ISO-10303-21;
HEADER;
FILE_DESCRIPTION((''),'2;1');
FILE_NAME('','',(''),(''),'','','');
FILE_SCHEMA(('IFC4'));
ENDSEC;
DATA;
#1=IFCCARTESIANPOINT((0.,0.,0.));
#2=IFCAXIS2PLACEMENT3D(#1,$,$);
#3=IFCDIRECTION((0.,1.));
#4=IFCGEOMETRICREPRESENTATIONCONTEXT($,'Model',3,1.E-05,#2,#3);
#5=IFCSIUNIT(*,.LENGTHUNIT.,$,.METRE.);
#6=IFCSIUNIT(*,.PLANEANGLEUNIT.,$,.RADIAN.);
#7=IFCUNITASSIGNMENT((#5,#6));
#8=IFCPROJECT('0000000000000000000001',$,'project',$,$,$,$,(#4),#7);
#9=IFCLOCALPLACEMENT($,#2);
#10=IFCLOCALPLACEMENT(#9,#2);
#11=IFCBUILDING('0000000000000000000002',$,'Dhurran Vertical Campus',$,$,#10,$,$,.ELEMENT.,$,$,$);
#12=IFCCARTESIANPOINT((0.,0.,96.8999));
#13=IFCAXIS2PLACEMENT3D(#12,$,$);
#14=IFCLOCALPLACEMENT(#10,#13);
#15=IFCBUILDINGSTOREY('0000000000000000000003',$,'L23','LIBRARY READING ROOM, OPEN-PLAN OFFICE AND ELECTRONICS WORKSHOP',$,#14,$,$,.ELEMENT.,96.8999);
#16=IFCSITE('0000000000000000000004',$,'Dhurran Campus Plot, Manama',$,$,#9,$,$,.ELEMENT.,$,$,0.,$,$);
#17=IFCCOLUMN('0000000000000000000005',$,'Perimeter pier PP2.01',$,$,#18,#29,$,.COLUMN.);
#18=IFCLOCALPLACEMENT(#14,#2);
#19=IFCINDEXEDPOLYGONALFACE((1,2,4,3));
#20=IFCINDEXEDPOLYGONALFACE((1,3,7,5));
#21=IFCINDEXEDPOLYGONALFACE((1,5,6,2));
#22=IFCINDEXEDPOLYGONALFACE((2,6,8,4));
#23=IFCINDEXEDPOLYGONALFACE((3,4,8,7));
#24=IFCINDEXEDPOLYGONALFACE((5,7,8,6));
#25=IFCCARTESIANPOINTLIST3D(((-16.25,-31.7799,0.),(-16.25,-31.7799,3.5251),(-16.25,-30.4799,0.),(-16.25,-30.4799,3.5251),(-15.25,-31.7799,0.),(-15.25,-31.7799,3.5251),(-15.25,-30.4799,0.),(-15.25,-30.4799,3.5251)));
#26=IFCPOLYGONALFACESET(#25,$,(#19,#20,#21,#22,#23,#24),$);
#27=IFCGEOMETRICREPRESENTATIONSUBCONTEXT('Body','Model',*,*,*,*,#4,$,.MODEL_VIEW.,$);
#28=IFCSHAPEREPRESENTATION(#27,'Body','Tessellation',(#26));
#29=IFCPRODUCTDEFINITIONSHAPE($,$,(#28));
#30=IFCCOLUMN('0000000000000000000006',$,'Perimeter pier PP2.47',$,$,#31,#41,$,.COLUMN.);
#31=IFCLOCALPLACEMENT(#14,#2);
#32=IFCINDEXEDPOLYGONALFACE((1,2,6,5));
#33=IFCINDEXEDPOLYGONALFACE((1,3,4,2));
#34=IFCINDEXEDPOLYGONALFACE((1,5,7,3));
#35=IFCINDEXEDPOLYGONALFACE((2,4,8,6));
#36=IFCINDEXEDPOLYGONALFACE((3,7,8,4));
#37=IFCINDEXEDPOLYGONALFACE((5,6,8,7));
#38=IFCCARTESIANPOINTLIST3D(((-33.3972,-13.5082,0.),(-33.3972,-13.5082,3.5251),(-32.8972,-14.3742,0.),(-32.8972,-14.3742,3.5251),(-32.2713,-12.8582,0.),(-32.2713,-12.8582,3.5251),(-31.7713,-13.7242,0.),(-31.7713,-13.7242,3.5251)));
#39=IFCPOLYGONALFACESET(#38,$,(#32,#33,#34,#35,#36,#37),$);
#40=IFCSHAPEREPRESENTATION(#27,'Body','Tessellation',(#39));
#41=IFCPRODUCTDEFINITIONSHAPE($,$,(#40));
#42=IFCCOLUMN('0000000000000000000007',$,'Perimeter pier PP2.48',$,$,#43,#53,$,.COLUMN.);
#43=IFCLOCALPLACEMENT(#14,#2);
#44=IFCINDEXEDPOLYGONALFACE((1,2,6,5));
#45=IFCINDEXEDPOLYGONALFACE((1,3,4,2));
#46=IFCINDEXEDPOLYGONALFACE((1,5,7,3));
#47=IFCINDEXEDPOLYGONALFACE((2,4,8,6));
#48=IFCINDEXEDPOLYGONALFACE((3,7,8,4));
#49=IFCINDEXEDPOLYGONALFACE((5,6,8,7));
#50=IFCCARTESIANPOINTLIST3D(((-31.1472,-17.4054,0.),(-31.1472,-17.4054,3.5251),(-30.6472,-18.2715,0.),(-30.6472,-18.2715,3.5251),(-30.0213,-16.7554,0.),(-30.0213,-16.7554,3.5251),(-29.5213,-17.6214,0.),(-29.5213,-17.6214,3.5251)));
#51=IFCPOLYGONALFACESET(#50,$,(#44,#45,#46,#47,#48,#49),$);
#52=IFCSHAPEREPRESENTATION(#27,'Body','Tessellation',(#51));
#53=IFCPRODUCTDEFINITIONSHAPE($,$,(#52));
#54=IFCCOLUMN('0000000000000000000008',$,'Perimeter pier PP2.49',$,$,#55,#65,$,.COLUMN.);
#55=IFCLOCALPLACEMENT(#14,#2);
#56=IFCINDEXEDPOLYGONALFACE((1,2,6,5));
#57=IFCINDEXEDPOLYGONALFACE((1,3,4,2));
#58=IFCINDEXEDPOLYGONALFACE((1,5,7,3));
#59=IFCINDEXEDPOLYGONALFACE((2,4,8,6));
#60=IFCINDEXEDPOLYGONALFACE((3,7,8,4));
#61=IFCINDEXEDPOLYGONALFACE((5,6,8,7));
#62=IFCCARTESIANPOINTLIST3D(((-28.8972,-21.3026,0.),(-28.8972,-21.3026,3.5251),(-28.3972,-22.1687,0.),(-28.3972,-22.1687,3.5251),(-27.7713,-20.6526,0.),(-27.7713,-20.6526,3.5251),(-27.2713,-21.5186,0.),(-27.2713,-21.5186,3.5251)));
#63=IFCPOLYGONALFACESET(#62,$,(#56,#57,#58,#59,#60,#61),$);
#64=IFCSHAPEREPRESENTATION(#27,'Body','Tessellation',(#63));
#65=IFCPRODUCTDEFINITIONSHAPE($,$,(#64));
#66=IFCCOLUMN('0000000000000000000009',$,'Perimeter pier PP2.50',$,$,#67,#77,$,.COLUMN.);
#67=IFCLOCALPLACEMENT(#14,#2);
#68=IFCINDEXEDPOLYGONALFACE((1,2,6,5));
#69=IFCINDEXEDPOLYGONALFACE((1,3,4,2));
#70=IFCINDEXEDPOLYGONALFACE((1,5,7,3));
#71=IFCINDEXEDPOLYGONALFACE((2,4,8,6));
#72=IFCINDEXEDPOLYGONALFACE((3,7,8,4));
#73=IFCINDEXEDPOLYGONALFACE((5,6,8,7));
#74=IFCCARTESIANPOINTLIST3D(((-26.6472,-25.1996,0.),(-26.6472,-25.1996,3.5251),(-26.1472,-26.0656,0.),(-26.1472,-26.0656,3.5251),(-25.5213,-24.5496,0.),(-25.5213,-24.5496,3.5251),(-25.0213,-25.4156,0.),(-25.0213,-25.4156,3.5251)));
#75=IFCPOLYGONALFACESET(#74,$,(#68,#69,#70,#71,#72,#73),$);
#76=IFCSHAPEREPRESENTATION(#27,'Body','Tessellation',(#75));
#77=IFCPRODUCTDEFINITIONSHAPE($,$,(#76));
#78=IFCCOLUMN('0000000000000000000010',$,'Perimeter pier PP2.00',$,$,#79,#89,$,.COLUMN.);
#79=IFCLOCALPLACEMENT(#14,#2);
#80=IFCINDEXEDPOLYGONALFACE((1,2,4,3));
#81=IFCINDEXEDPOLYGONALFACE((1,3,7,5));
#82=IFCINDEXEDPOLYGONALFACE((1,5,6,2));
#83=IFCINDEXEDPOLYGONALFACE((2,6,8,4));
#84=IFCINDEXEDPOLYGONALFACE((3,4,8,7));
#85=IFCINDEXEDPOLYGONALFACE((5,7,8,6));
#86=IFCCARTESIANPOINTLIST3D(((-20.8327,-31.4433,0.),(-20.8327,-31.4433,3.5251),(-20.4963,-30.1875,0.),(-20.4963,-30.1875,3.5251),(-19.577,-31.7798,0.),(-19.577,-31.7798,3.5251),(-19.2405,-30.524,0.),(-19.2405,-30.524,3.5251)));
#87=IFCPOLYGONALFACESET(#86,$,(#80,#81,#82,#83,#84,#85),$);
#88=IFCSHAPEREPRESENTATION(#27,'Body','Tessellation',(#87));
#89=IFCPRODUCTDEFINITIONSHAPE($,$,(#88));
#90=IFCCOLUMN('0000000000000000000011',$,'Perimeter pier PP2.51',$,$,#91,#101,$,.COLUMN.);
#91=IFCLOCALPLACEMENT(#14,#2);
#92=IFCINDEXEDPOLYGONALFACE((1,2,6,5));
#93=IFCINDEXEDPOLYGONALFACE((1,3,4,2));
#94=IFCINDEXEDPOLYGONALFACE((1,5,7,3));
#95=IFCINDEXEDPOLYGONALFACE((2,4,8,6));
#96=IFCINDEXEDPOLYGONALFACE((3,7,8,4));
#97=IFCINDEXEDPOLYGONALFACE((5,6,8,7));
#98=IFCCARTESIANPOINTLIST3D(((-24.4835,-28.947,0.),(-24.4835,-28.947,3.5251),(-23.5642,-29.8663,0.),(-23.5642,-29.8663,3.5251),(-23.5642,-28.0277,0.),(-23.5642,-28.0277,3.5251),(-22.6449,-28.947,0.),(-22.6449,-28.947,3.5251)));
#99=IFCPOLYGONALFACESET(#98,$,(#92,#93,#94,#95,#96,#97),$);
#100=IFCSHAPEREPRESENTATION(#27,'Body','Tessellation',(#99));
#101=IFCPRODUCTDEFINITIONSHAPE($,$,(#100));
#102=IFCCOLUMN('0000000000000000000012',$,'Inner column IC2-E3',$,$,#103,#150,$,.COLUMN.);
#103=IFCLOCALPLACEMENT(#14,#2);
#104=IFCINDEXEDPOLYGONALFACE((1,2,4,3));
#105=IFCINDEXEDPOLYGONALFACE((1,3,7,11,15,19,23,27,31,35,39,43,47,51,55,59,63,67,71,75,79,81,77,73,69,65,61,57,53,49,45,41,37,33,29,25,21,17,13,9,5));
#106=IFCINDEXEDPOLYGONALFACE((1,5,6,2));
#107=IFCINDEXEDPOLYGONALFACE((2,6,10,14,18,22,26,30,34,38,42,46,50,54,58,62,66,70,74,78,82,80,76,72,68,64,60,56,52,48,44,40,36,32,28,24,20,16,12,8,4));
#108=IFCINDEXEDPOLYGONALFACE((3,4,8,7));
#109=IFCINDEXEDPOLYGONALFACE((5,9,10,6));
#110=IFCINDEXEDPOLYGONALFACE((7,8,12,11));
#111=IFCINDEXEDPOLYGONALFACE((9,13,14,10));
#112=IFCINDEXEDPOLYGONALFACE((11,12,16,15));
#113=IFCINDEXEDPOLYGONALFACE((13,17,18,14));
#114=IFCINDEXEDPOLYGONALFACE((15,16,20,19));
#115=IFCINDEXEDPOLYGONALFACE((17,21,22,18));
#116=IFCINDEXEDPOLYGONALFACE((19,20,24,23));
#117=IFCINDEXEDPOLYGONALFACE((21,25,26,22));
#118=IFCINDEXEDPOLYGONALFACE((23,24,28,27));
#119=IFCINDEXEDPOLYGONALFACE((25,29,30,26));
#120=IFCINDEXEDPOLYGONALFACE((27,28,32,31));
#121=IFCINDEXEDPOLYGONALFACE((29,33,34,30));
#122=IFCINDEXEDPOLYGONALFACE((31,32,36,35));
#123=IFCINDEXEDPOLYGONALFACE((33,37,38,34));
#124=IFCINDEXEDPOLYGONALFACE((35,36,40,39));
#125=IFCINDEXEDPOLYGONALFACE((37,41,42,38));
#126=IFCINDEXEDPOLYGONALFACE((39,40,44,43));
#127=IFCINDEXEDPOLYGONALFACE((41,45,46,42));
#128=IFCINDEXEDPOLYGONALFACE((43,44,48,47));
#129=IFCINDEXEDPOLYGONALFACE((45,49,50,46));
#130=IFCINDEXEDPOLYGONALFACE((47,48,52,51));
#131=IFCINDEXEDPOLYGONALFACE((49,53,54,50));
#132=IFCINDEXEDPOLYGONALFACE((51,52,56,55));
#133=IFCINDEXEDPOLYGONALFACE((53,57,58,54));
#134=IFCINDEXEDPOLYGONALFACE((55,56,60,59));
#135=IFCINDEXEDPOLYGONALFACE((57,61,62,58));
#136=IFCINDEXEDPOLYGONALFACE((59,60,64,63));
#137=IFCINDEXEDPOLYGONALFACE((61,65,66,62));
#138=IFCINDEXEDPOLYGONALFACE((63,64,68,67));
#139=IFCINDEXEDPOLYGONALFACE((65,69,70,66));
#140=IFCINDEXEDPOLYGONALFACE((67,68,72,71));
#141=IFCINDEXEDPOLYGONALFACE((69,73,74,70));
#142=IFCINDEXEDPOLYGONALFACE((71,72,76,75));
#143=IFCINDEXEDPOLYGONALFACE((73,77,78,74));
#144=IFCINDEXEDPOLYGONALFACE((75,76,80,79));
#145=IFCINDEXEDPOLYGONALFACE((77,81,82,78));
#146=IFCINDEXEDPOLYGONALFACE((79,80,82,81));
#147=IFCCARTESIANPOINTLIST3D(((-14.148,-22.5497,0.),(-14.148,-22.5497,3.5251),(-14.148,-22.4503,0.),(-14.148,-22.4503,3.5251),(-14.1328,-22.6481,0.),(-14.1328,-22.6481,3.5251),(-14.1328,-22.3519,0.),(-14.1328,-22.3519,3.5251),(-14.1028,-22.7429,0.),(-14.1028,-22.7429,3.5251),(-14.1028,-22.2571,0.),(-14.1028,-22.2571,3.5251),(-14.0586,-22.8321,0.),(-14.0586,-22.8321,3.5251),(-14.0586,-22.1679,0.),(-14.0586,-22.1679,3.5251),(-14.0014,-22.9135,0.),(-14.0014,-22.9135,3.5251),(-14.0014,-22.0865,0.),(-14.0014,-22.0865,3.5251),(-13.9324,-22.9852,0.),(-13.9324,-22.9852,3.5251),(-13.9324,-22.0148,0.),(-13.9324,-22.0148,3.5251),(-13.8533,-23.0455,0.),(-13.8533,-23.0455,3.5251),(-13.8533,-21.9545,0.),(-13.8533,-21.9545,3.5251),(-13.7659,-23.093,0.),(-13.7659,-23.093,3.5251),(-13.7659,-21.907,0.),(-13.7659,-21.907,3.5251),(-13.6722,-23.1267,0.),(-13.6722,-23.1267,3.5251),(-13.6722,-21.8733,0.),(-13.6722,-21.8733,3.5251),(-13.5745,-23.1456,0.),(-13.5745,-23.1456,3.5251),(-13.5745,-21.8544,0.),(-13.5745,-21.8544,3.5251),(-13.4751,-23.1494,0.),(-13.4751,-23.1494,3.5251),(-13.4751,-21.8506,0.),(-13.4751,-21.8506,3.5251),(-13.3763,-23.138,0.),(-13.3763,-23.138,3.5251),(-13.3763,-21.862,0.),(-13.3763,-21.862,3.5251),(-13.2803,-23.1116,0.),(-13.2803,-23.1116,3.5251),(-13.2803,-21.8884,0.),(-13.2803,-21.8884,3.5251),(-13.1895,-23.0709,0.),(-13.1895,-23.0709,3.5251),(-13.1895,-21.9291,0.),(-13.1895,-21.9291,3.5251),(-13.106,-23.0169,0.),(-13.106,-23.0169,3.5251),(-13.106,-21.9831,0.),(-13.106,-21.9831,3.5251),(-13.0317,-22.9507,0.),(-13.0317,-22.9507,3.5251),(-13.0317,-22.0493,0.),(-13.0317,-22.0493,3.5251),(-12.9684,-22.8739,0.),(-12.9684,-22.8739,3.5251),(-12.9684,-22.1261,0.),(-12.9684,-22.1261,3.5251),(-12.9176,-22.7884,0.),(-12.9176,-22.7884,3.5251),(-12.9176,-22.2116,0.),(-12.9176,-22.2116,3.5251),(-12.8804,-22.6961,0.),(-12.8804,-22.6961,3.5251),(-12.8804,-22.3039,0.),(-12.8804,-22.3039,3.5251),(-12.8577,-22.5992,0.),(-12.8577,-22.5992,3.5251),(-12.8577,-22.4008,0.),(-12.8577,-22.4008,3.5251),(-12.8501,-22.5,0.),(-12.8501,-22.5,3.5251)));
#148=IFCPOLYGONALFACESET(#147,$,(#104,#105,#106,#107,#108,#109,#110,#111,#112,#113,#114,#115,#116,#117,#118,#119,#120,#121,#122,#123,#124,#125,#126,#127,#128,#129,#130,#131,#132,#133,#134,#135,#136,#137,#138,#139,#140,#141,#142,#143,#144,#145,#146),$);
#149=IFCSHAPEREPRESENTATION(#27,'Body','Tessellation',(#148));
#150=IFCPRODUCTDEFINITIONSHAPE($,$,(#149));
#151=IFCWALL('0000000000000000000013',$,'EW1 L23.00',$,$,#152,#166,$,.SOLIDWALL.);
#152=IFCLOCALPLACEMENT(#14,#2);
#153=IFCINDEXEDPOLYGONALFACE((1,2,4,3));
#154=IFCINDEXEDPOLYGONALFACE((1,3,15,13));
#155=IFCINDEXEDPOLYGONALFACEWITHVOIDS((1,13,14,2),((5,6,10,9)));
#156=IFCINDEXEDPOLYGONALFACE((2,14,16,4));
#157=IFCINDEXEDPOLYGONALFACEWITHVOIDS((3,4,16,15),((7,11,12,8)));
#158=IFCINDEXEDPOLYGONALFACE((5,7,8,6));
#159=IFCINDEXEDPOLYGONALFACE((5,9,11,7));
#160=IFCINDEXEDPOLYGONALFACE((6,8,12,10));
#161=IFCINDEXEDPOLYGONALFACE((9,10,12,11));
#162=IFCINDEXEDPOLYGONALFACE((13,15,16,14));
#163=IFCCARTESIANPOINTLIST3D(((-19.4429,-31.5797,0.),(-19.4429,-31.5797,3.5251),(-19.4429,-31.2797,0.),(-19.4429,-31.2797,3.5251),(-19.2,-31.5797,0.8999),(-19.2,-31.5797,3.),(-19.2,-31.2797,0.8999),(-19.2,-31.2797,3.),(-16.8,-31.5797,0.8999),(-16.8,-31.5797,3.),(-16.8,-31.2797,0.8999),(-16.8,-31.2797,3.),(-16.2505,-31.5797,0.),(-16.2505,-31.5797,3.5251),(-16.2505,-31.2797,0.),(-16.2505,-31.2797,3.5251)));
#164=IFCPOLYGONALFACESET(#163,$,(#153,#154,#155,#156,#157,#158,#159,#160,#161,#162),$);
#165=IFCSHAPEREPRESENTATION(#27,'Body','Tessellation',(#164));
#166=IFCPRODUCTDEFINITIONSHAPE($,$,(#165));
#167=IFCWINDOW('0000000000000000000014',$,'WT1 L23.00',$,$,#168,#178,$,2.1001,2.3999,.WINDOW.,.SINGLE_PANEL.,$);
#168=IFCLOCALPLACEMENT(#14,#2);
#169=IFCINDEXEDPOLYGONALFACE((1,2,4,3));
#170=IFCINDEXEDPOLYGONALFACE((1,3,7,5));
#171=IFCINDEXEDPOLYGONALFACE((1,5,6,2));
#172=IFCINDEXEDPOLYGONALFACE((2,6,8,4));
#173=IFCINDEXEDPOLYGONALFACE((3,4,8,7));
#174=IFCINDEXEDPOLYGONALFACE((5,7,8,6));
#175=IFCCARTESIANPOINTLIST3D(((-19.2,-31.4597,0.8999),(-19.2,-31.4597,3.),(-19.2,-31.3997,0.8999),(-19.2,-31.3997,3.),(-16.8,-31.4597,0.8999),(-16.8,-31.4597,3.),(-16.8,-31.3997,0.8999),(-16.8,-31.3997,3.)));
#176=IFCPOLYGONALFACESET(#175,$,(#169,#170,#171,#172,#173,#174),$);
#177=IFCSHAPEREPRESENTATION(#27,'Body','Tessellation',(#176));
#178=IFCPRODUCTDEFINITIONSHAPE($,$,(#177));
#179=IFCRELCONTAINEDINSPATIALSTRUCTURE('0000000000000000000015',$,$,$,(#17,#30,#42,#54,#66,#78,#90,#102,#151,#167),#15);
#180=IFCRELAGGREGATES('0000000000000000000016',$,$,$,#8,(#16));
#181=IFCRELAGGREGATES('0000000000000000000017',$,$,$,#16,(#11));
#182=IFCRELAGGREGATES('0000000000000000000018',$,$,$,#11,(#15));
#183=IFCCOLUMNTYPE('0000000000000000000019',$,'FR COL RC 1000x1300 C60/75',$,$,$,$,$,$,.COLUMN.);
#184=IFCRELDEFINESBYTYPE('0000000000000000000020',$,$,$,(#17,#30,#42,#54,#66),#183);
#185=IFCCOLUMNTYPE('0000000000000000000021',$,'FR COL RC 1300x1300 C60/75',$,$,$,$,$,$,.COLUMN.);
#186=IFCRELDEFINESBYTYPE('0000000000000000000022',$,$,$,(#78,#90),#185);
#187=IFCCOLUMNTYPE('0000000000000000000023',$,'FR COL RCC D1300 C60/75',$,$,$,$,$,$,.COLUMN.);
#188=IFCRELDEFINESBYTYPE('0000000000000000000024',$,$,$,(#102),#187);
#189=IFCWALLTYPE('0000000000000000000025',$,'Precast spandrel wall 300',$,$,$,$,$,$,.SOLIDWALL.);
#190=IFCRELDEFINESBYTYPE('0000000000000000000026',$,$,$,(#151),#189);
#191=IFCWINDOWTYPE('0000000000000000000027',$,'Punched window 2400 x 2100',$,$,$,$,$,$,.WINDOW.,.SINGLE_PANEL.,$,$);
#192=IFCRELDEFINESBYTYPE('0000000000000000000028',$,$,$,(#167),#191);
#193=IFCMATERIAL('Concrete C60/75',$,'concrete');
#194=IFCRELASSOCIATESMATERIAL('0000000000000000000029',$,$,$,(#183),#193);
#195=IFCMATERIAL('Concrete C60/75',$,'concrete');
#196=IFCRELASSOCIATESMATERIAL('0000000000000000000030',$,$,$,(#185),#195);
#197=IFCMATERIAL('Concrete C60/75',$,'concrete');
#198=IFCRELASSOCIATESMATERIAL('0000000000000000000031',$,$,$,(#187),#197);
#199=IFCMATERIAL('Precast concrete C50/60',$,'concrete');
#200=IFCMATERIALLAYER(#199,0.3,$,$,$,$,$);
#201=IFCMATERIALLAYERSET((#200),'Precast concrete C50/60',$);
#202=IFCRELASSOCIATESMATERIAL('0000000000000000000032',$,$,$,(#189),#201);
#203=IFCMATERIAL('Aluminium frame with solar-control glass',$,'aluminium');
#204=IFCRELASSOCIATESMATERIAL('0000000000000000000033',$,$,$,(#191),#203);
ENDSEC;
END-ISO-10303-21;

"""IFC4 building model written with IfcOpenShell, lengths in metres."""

from ifc_helpers import new_model, si_unit, direction, frame, frame_2d, origin, origin_2d, place, context, subcontext, project, spatial, rectangle, circle, extrude, material, layer, layer_set, material_profile, profile_set, type_object, element, fill, save


model = new_model("IFC4")

# Units and contexts
model_context = context("Model", 3, precision=1e-05, world=origin(), true_north=direction((0.0, 1.0)))
body_context = subcontext(model_context, "Body", "Model", "MODEL_VIEW")
ifc_project = project(units=[si_unit("LENGTHUNIT", "METRE"), si_unit("PLANEANGLEUNIT", "RADIAN")], contexts=[model_context])

# Site, building, storey
site_placement = place(None, origin())
site = spatial("IfcSite", under=ifc_project, at=site_placement, Name="Dhurran Campus Plot, Manama", CompositionType="ELEMENT", RefElevation=0.0)
building_placement = place(site_placement, origin())
building = spatial("IfcBuilding", under=site, at=building_placement, Name="Dhurran Vertical Campus", CompositionType="ELEMENT")
storey_placement = place(building_placement, frame((0.0, 0.0, 96.8999)))
storey = spatial("IfcBuildingStorey", under=building, at=storey_placement, Name="L23", Description="LIBRARY READING ROOM, OPEN-PLAN OFFICE AND ELECTRONICS WORKSHOP", CompositionType="ELEMENT", Elevation=96.8999)

# Columns
ifc_material_1 = material(Name="Concrete C60/75", Category="concrete")
ifc_material_profile_1 = material_profile(ifc_material_1, rectangle(XDim=1.0, YDim=1.3, at=origin_2d()), Name="RC 1000x1300")
ifc_profile_set_1 = profile_set([ifc_material_profile_1], Name="Concrete C60/75")
column_type_1 = type_object("IfcColumnType", Name="FR COL RC 1000x1300 C60/75", PredefinedType="COLUMN", material=ifc_profile_set_1)
for number, where, z_axis, x_axis, name in (
    (1, (-15.75, -31.1299, 0.0), (0.0, 0.0, 1.0), (1.0, 0.0, 0.0), "Perimeter pier PP2.01"),
    (2, (-32.5842, -13.6162, 0.0), (0.0, 0.0, 1.0), (0.5, -0.866025, 0.0), "Perimeter pier PP2.47"),
    (3, (-30.3342, -17.5134, 0.0), (0.0, 0.0, 1.0), (0.5, -0.866025, 0.0), "Perimeter pier PP2.48"),
    (4, (-28.0842, -21.4106, 0.0), (0.0, 0.0, 1.0), (0.5, -0.866025, 0.0), "Perimeter pier PP2.49"),
    (5, (-25.8342, -25.3076, 0.0), (0.0, 0.0, 1.0), (0.5, -0.866025, 0.0), "Perimeter pier PP2.50"),
):
    element("IfcColumn", number, at=place(storey_placement, frame(where, z_axis=z_axis, x_axis=x_axis)), inside=storey, type_object=column_type_1, Name=name, PredefinedType="COLUMN", context=body_context, shape_type="SweptSolid", body=[
        extrude(rectangle(XDim=1.0, YDim=1.3, at=origin_2d()), origin(), (0.0, 0.0, 1.0), 3.5251),
    ])
ifc_material_2 = material(Name="Concrete C60/75", Category="concrete")
ifc_material_profile_2 = material_profile(ifc_material_2, rectangle(XDim=1.3, YDim=1.3, at=origin_2d()), Name="RC 1300x1300")
ifc_profile_set_2 = profile_set([ifc_material_profile_2], Name="Concrete C60/75")
column_type_2 = type_object("IfcColumnType", Name="FR COL RC 1300x1300 C60/75", PredefinedType="COLUMN", material=ifc_profile_set_2)
for number, where, z_axis, x_axis, name in (
    (6, (-20.0366, -30.9836, 0.0), (0.0, 0.0, 1.0), (0.965926, -0.258819, 0.0), "Perimeter pier PP2.00"),
    (7, (-23.5642, -28.947, 0.0), (0.0, 0.0, 1.0), (0.707107, -0.707107, 0.0), "Perimeter pier PP2.51"),
):
    element("IfcColumn", number, at=place(storey_placement, frame(where, z_axis=z_axis, x_axis=x_axis)), inside=storey, type_object=column_type_2, Name=name, PredefinedType="COLUMN", context=body_context, shape_type="SweptSolid", body=[
        extrude(rectangle(XDim=1.3, YDim=1.3, at=origin_2d()), origin(), (0.0, 0.0, 1.0), 3.5251),
    ])
ifc_material_3 = material(Name="Concrete C60/75", Category="concrete")
ifc_material_profile_3 = material_profile(ifc_material_3, circle(Radius=0.6499, at=origin_2d()), Name="RCC D1300")
ifc_profile_set_3 = profile_set([ifc_material_profile_3], Name="Concrete C60/75")
column_type_3 = type_object("IfcColumnType", Name="FR COL RCC D1300 C60/75", PredefinedType="COLUMN", material=ifc_profile_set_3)
column_placement = place(storey_placement, frame((-13.5, -22.5, 0.0), z_axis=(0.0, 0.0, 1.0), x_axis=(1.0, 0.0, 0.0)))
element("IfcColumn", 8, at=column_placement, inside=storey, type_object=column_type_3, Name="Inner column IC2-E3", PredefinedType="COLUMN", context=body_context, shape_type="SweptSolid", body=[
    extrude(circle(Radius=0.6499, at=origin_2d()), origin(), (0.0, 0.0, 1.0), 3.5251),
])

# Wall, opening, window
ifc_material_4 = material(Name="Precast concrete C50/60", Category="concrete")
ifc_layer_1 = layer(ifc_material_4, 0.3)
ifc_layer_set_1 = layer_set([ifc_layer_1], Name="Precast concrete C50/60")
wall_type_1 = type_object("IfcWallType", Name="Precast spandrel wall 300", PredefinedType="SOLIDWALL", material=ifc_layer_set_1)
wall_1_placement = place(storey_placement, frame((-19.4429, -31.4297, 0.0), z_axis=(0.0, 0.0, 1.0), x_axis=(1.0, 0.0, 0.0)))
wall_1 = element("IfcWall", 9, at=wall_1_placement, inside=storey, type_object=wall_type_1, Name="EW1 L23.00", PredefinedType="SOLIDWALL", context=body_context, shape_type="SweptSolid", body=[
    extrude(rectangle(XDim=3.1924, YDim=0.3, at=frame_2d((1.5962, 0.0))), origin(), (0.0, 0.0, 1.0), 3.5251),
])
opening_1_placement = place(wall_1_placement, frame((0.2429, 0.0, 0.8999)))
opening_1 = element("IfcOpeningElement", 10, at=opening_1_placement, cuts=wall_1, PredefinedType="OPENING", context=body_context, shape_type="SweptSolid", body=[
    extrude(rectangle(XDim=2.3999, YDim=2.1001, at=frame_2d((1.2, 1.05))), frame((0.0, 0.1599, 0.0), z_axis=(0.0, -1.0, 0.0), x_axis=(1.0, 0.0, 0.0)), (0.0, 0.0, 1.0), 0.3201),
])
ifc_material_5 = material(Name="Aluminium frame with solar-control glass", Category="aluminium")
window_type = type_object("IfcWindowType", Name="Punched window 2400 x 2100", PartitioningType="SINGLE_PANEL", PredefinedType="WINDOW", material=ifc_material_5)
window_1_placement = place(opening_1_placement, origin())
window_1 = element("IfcWindow", 11, at=window_1_placement, inside=storey, type_object=window_type, Name="WT1 L23.00", OverallHeight=2.1001, OverallWidth=2.3999, PartitioningType="SINGLE_PANEL", PredefinedType="WINDOW", context=body_context, shape_type="SweptSolid", body=[
    extrude(rectangle(XDim=2.3999, YDim=2.1001, at=frame_2d((1.2, 1.05))), frame((0.0, 0.03, 0.0), z_axis=(0.0, -1.0, 0.0), x_axis=(1.0, 0.0, 0.0)), (0.0, 0.0, 1.0), 0.0601),
])
fill(opening_1, window_1)

save(model, "model.ifc")
